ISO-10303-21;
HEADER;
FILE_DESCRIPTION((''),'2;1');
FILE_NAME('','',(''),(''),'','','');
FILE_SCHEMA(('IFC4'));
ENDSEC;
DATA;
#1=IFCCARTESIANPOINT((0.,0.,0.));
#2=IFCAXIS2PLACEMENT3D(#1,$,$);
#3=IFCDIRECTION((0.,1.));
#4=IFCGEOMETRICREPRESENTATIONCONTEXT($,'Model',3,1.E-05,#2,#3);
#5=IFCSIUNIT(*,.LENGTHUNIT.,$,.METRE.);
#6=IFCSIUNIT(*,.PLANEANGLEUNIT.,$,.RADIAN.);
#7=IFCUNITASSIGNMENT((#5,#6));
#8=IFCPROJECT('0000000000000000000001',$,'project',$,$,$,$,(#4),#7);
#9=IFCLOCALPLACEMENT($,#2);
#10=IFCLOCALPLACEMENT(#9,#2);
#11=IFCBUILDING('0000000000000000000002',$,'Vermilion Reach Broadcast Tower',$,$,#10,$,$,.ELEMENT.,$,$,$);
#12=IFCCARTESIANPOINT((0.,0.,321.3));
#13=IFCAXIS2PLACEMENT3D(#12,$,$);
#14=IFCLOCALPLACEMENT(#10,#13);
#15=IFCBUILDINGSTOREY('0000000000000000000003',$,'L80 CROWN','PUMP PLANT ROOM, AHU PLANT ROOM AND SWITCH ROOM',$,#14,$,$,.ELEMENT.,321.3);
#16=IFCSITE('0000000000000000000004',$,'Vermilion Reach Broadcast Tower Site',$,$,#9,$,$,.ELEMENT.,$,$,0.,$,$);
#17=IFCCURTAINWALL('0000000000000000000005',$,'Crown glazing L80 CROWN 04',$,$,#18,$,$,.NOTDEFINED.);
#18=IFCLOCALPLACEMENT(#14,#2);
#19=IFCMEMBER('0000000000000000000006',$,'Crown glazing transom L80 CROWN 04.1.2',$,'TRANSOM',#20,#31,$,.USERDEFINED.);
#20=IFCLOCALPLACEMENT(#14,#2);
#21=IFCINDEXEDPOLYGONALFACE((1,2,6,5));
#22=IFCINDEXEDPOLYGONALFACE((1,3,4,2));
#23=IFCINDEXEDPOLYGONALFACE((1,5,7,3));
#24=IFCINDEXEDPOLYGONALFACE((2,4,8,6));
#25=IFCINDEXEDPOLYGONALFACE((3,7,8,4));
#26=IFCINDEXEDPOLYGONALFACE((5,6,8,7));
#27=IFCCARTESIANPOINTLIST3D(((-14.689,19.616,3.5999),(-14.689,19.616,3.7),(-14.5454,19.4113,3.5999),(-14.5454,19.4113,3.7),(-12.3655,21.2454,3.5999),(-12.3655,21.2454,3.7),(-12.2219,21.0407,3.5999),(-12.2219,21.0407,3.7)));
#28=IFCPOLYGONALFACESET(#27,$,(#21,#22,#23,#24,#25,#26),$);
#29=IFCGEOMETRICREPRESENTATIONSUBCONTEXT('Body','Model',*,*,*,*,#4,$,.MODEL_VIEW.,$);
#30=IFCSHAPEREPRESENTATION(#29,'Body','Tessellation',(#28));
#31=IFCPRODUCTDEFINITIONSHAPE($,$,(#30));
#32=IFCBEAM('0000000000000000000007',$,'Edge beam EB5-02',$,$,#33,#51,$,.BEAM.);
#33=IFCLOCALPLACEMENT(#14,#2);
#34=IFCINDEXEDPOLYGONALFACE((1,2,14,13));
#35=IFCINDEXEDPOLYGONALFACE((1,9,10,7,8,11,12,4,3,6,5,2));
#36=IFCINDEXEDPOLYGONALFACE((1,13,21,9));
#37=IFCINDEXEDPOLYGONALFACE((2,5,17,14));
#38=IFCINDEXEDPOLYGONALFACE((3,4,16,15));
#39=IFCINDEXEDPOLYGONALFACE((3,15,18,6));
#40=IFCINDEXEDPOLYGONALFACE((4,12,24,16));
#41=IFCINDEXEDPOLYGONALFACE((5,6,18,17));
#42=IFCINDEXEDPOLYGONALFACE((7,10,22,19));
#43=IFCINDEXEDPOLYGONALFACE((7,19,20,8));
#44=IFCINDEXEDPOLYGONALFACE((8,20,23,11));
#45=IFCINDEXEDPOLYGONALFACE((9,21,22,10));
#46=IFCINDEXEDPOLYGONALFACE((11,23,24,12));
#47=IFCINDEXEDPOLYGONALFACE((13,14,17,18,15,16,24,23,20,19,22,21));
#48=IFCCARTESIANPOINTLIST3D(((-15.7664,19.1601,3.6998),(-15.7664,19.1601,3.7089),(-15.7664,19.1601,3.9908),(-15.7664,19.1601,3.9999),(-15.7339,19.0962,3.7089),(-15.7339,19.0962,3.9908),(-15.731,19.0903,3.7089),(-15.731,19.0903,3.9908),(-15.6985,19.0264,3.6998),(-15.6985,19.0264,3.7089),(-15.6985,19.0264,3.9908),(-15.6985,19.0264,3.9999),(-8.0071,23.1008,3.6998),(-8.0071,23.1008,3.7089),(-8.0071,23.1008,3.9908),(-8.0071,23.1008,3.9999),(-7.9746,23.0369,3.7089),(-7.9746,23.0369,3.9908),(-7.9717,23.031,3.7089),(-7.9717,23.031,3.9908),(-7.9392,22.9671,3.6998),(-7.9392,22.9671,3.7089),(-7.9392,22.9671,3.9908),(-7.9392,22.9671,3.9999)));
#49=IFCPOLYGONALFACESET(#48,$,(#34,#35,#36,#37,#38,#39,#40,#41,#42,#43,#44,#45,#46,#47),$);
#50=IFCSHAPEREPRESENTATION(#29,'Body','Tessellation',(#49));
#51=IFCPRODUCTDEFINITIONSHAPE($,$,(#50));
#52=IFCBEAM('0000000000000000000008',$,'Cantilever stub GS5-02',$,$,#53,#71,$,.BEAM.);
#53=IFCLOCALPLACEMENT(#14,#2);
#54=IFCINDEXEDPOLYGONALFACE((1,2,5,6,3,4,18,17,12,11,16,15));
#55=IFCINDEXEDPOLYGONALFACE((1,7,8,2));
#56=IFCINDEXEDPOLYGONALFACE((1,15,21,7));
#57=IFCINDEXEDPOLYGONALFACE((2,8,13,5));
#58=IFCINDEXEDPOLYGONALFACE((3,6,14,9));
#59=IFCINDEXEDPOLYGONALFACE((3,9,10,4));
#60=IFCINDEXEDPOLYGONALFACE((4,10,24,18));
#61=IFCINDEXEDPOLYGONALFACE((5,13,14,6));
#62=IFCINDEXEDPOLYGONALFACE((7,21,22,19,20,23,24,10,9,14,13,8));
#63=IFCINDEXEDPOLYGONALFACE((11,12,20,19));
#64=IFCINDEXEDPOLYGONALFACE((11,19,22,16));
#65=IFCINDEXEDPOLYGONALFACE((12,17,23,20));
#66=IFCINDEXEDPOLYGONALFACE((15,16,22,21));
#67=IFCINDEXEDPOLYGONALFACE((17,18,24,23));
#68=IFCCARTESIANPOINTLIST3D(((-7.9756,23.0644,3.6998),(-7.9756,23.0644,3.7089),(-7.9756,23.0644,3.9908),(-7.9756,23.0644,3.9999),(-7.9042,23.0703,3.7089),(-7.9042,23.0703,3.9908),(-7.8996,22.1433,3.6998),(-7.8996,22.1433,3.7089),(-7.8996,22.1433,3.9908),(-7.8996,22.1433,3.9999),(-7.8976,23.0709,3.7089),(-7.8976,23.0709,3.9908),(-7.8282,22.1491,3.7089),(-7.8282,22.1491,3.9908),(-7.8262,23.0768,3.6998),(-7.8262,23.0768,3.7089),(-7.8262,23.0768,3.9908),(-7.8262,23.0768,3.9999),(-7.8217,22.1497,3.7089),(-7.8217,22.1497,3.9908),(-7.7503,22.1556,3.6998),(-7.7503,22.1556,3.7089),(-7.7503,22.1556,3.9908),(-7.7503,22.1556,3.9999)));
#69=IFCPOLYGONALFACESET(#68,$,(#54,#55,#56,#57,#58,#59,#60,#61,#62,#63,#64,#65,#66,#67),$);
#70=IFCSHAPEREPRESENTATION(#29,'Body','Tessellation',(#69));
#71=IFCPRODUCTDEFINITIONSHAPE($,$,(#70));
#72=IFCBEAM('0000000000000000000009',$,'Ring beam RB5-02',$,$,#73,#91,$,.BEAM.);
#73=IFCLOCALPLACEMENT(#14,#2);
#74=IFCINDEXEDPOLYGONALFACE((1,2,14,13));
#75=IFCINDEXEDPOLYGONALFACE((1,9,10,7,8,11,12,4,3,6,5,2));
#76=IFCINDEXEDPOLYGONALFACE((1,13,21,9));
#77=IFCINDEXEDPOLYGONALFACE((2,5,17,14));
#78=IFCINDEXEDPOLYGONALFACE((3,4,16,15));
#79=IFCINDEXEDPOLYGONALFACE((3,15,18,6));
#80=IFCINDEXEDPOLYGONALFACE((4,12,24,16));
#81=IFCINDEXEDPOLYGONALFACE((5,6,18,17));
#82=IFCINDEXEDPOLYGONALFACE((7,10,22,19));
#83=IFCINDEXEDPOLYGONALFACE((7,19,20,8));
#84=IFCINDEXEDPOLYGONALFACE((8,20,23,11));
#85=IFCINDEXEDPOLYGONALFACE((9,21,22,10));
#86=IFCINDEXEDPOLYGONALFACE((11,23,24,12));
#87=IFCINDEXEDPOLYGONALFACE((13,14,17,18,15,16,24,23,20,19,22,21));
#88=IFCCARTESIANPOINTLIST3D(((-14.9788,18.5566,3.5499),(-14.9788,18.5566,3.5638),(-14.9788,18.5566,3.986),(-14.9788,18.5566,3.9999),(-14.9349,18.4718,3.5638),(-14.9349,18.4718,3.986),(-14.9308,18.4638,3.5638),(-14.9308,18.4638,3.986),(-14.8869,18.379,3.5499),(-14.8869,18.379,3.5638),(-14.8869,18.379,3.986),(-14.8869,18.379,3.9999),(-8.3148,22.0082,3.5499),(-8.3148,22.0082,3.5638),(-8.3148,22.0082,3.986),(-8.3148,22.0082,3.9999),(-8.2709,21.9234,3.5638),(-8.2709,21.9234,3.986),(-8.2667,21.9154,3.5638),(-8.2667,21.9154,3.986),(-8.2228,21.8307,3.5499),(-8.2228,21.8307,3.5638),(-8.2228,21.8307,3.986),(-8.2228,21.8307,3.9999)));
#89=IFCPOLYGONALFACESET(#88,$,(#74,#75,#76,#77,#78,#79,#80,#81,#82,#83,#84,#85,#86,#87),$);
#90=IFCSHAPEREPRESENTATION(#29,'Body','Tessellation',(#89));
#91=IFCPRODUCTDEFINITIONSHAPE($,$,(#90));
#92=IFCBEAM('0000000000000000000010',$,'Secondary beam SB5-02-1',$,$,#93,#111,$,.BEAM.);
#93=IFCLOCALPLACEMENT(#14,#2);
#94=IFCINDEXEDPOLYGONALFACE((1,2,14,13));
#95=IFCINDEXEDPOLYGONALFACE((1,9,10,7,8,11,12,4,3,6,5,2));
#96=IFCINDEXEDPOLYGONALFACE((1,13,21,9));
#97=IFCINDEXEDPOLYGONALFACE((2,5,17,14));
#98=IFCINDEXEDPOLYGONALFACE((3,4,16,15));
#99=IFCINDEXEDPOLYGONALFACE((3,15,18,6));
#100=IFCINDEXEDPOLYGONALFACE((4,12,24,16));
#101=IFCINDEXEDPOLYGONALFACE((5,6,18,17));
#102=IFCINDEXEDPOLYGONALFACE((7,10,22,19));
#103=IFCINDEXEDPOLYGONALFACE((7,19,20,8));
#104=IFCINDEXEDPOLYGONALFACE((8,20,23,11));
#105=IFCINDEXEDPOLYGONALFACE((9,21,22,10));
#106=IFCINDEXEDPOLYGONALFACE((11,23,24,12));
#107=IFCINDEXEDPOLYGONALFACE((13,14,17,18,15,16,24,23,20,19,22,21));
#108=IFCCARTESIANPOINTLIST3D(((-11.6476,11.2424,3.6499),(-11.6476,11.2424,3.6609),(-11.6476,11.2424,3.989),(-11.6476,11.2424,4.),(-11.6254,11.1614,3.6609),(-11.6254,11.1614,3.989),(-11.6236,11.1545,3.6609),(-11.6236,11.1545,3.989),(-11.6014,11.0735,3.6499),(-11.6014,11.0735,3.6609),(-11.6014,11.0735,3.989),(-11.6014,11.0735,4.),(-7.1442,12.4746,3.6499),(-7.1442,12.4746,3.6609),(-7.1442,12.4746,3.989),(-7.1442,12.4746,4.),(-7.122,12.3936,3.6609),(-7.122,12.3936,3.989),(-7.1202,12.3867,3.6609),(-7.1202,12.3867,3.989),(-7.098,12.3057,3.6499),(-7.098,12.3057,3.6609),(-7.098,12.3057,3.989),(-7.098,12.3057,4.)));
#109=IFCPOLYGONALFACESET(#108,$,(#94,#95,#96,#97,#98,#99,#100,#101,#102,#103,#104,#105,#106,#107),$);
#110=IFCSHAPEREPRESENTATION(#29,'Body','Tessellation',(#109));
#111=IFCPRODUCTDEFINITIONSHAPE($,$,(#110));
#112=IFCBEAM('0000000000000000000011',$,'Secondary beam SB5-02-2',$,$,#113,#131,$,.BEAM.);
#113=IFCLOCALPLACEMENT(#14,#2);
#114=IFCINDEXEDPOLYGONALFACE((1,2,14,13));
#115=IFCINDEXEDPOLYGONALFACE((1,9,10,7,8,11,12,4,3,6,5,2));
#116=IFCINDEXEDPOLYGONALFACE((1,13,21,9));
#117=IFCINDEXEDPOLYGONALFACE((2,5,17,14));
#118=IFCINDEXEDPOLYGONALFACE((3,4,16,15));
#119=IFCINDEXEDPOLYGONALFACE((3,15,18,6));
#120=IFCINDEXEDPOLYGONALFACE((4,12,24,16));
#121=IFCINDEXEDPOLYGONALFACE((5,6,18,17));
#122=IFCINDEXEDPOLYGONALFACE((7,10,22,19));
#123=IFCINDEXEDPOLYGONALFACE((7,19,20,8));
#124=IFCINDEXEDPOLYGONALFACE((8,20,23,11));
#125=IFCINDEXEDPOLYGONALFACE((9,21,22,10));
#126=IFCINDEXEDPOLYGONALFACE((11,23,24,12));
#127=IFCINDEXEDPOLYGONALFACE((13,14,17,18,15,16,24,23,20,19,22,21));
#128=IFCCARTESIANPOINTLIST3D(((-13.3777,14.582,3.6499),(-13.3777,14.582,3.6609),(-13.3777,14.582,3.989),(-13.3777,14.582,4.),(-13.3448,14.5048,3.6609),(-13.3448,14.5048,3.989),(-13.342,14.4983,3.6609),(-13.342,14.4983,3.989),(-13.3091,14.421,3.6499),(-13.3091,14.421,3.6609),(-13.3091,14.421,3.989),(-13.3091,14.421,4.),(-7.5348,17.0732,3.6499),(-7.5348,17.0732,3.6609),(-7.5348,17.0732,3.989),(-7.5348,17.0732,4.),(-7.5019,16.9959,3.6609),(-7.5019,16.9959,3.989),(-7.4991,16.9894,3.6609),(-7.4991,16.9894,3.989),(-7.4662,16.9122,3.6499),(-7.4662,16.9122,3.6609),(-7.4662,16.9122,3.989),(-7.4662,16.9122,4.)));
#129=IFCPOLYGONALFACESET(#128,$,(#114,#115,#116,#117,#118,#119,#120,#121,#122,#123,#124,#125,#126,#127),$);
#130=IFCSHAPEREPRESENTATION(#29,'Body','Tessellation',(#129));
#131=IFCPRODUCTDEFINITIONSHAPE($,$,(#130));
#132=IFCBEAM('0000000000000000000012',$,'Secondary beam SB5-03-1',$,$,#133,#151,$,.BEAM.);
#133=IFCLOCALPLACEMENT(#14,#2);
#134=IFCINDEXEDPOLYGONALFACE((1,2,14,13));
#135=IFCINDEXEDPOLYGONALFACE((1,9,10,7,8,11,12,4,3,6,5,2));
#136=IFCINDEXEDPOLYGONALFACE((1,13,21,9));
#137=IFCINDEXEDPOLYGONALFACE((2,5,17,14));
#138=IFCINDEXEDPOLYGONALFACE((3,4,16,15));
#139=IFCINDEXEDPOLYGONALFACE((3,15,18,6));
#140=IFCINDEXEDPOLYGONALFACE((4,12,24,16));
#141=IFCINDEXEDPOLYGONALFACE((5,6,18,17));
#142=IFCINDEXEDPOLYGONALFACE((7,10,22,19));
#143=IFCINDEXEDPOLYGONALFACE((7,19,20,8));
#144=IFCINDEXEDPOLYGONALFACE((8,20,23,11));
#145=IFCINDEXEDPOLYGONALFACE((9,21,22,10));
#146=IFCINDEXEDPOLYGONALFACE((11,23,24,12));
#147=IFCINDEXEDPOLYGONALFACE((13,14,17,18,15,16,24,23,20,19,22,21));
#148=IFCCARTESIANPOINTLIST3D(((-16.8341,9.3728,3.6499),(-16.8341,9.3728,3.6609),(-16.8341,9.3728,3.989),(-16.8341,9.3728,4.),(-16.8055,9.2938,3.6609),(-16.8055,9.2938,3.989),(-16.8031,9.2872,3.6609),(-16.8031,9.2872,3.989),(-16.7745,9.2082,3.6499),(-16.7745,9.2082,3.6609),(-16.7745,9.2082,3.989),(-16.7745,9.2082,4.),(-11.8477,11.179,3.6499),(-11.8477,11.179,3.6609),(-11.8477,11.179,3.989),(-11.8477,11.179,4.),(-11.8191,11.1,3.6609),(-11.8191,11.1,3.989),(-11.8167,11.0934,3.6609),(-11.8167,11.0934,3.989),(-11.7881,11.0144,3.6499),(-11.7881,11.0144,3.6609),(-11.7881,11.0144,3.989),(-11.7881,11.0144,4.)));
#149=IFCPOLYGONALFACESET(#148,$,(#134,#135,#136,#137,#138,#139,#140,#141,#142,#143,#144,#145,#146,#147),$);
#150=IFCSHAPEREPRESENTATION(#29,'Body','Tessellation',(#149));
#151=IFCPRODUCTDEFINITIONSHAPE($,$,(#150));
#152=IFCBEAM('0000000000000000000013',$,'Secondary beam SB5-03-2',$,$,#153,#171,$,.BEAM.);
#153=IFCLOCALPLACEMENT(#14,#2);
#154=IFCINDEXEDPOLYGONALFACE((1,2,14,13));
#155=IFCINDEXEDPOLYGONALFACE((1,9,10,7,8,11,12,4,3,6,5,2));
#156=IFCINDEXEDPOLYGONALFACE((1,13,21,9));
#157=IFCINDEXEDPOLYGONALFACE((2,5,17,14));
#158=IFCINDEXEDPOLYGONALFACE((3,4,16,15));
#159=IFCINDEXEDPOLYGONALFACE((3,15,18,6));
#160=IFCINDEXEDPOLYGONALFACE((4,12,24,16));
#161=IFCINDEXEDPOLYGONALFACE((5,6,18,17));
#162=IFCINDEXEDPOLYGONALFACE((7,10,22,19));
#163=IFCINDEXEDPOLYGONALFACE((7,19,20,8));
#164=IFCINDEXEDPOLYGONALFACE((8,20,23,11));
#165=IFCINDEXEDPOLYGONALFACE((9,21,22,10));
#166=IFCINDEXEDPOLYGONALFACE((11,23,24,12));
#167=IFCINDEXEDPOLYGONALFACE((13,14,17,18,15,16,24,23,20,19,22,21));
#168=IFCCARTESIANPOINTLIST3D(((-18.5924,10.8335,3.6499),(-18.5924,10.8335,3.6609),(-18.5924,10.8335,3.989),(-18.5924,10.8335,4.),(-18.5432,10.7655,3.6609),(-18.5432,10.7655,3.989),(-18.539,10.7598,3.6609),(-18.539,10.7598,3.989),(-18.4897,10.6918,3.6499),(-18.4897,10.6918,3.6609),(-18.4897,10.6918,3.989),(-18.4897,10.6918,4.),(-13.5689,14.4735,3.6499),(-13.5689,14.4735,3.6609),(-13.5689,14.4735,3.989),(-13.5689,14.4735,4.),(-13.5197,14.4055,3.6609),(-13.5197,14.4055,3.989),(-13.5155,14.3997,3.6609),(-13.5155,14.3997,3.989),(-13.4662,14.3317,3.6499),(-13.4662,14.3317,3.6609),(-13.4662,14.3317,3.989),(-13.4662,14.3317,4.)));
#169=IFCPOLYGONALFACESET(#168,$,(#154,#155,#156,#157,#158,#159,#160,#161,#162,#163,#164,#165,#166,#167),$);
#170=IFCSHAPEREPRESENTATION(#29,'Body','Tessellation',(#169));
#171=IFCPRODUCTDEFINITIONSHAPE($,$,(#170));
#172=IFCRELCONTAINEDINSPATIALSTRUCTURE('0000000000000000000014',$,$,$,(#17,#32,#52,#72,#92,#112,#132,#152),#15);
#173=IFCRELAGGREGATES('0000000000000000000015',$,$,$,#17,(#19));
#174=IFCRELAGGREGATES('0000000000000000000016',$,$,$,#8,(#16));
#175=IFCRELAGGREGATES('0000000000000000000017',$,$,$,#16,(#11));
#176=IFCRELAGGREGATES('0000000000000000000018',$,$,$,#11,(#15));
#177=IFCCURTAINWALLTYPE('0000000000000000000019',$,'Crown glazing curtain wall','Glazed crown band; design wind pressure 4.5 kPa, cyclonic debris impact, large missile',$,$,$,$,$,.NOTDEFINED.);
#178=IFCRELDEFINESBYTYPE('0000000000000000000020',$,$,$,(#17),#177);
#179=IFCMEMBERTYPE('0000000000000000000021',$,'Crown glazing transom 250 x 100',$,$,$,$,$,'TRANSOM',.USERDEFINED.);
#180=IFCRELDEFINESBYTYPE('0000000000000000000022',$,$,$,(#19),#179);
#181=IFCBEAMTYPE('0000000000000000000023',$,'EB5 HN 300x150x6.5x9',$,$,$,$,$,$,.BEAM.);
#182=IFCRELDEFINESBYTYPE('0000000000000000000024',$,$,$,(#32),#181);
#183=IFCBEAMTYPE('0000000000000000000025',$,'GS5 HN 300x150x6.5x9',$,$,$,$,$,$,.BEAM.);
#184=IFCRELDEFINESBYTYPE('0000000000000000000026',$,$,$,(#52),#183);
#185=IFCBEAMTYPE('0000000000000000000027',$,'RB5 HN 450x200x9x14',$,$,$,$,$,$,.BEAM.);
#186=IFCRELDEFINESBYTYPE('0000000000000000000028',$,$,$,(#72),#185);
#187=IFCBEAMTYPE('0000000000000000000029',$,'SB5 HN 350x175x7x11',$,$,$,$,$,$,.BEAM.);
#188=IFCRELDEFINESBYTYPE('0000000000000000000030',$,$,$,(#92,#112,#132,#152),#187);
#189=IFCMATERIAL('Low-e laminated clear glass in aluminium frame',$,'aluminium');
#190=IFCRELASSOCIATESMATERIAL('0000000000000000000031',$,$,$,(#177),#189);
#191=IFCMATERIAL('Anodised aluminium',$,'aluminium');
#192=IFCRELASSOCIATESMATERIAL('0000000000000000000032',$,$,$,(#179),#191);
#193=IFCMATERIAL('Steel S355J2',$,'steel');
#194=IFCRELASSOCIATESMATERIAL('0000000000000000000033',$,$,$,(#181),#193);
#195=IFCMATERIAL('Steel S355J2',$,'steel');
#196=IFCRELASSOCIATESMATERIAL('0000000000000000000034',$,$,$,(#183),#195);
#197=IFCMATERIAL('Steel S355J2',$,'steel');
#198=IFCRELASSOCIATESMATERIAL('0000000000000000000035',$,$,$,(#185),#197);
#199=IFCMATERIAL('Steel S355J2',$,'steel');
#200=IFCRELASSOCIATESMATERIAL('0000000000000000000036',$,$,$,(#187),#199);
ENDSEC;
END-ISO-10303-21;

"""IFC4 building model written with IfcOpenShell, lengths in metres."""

from ifc_helpers import new_model, si_unit, direction, frame, origin, origin_2d, place, context, subcontext, project, spatial, rectangle, i_section, extrude, material, material_profile, profile_set, type_object, element, aggregate, save


model = new_model("IFC4")

# Units and contexts
model_context = context("Model", 3, precision=1e-05, world=origin(), true_north=direction((0.0, 1.0)))
body_context = subcontext(model_context, "Body", "Model", "MODEL_VIEW")
ifc_project = project(units=[si_unit("LENGTHUNIT", "METRE"), si_unit("PLANEANGLEUNIT", "RADIAN")], contexts=[model_context])

# Site, building, storey
site_placement = place(None, origin())
site = spatial("IfcSite", under=ifc_project, at=site_placement, Name="Vermilion Reach Broadcast Tower Site", CompositionType="ELEMENT", RefElevation=0.0)
building_placement = place(site_placement, origin())
building = spatial("IfcBuilding", under=site, at=building_placement, Name="Vermilion Reach Broadcast Tower", CompositionType="ELEMENT")
storey_placement = place(building_placement, frame((0.0, 0.0, 321.3)))
storey = spatial("IfcBuildingStorey", under=building, at=storey_placement, Name="L80 CROWN", Description="PUMP PLANT ROOM, AHU PLANT ROOM AND SWITCH ROOM", CompositionType="ELEMENT", Elevation=321.3)

# Shared definitions
ifc_material_1 = material(Name="Low-e laminated clear glass in aluminium frame", Category="aluminium")
curtain_wall_type = type_object("IfcCurtainWallType", Name="Crown glazing curtain wall", Description="Glazed crown band; design wind pressure 4.5 kPa, cyclonic debris impact, large missile", PredefinedType="NOTDEFINED", material=ifc_material_1)
placement = place(storey_placement, origin())

# Curtain wall
curtain_wall_1 = element("IfcCurtainWall", 1, at=placement, inside=storey, type_object=curtain_wall_type, Name="Crown glazing L80 CROWN 04", PredefinedType="NOTDEFINED")

# Member
ifc_material_2 = material(Name="Anodised aluminium", Category="aluminium")
ifc_material_profile_1 = material_profile(ifc_material_2, rectangle(XDim=0.25, YDim=0.1001, at=origin_2d()), Name="Crown glazing transom 250 x 100")
ifc_profile_set_1 = profile_set([ifc_material_profile_1], Name="Anodised aluminium")
member_type_1 = type_object("IfcMemberType", Name="Crown glazing transom 250 x 100", ElementType="TRANSOM", PredefinedType="USERDEFINED", material=ifc_profile_set_1)
member_1_placement = place(storey_placement, frame((-12.2937, 21.1431, 3.6499), z_axis=(-0.818743, -0.574161, 0.0), x_axis=(0.574161, -0.818743, 0.0)))
member_1 = element("IfcMember", 2, at=member_1_placement, type_object=member_type_1, Name="Crown glazing transom L80 CROWN 04.1.2", ObjectType="TRANSOM", PredefinedType="USERDEFINED", context=body_context, shape_type="SweptSolid", body=[
    extrude(rectangle(XDim=0.25, YDim=0.1001, at=origin_2d()), origin(), (0.0, 0.0, 1.0), 2.8379),
])

# Beams
ifc_material_3 = material(Name="Steel S355J2", Category="steel")
ifc_material_profile_2 = material_profile(ifc_material_3, i_section(OverallWidth=0.1499, OverallDepth=0.3, WebThickness=0.0066, FlangeThickness=0.009, at=origin_2d()), Name="S355J2 HN 300x150x6.5x9")
ifc_profile_set_2 = profile_set([ifc_material_profile_2], Name="Steel S355J2")
beam_type_1 = type_object("IfcBeamType", Name="EB5 HN 300x150x6.5x9", PredefinedType="BEAM", material=ifc_profile_set_2)
beam_1_placement = place(storey_placement, frame((-7.9731, 23.0339, 3.8499), z_axis=(-0.891604, -0.452816, 0.0), x_axis=(0.452816, -0.891604, 0.0)))
element("IfcBeam", 3, at=beam_1_placement, inside=storey, type_object=beam_type_1, Name="Edge beam EB5-02", PredefinedType="BEAM", context=body_context, shape_type="SweptSolid", body=[
    extrude(i_section(OverallWidth=0.1499, OverallDepth=0.3, WebThickness=0.0066, FlangeThickness=0.009, at=origin_2d()), origin(), (0.0, 0.0, 1.0), 8.7026),
])
ifc_material_4 = material(Name="Steel S355J2", Category="steel")
ifc_material_profile_3 = material_profile(ifc_material_4, i_section(OverallWidth=0.1499, OverallDepth=0.3, WebThickness=0.0066, FlangeThickness=0.009, at=origin_2d()), Name="S355J2 HN 300x150x6.5x9")
ifc_profile_set_3 = profile_set([ifc_material_profile_3], Name="Steel S355J2")
beam_type_2 = type_object("IfcBeamType", Name="GS5 HN 300x150x6.5x9", PredefinedType="BEAM", material=ifc_profile_set_3)
beam_2_placement = place(storey_placement, frame((-7.825, 22.1494, 3.8499), z_axis=(-0.082149, 0.99662, 0.0), x_axis=(-0.99662, -0.082149, 0.0)))
element("IfcBeam", 4, at=beam_2_placement, inside=storey, type_object=beam_type_2, Name="Cantilever stub GS5-02", PredefinedType="BEAM", context=body_context, shape_type="SweptSolid", body=[
    extrude(i_section(OverallWidth=0.1499, OverallDepth=0.3, WebThickness=0.0066, FlangeThickness=0.009, at=origin_2d()), origin(), (0.0, 0.0, 1.0), 0.9243),
])
ifc_material_5 = material(Name="Steel S355J2", Category="steel")
ifc_material_profile_4 = material_profile(ifc_material_5, i_section(OverallWidth=0.2, OverallDepth=0.45, WebThickness=0.009, FlangeThickness=0.0139, at=origin_2d()), Name="S355J2 HN 450x200x9x14")
ifc_profile_set_4 = profile_set([ifc_material_profile_4], Name="Steel S355J2")
beam_type_3 = type_object("IfcBeamType", Name="RB5 HN 450x200x9x14", PredefinedType="BEAM", material=ifc_profile_set_4)
beam_3_placement = place(storey_placement, frame((-8.2688, 21.9194, 3.7749), z_axis=(-0.88796, -0.45992, 0.0), x_axis=(0.45992, -0.88796, 0.0)))
element("IfcBeam", 5, at=beam_3_placement, inside=storey, type_object=beam_type_3, Name="Ring beam RB5-02", PredefinedType="BEAM", context=body_context, shape_type="SweptSolid", body=[
    extrude(i_section(OverallWidth=0.2, OverallDepth=0.45, WebThickness=0.009, FlangeThickness=0.0139, at=origin_2d()), origin(), (0.0, 0.0, 1.0), 7.5049),
])
ifc_material_6 = material(Name="Steel S355J2", Category="steel")
ifc_material_profile_5 = material_profile(ifc_material_6, i_section(OverallWidth=0.175, OverallDepth=0.3501, WebThickness=0.0071, FlangeThickness=0.011, at=origin_2d()), Name="S355J2 HN 350x175x7x11")
ifc_profile_set_5 = profile_set([ifc_material_profile_5], Name="Steel S355J2")
beam_type_4 = type_object("IfcBeamType", Name="SB5 HN 350x175x7x11", PredefinedType="BEAM", material=ifc_profile_set_5)
beam_4_placement = place(storey_placement, frame((-7.1211, 12.3901, 3.825), z_axis=(-0.964547, -0.263909, 0.0), x_axis=(0.263909, -0.964547, 0.0)))
element("IfcBeam", 6, at=beam_4_placement, inside=storey, type_object=beam_type_4, Name="Secondary beam SB5-02-1", PredefinedType="BEAM", context=body_context, shape_type="SweptSolid", body=[
    extrude(i_section(OverallWidth=0.175, OverallDepth=0.3501, WebThickness=0.0071, FlangeThickness=0.011, at=origin_2d()), origin(), (0.0, 0.0, 1.0), 4.6689),
])
beam_5_placement = place(storey_placement, frame((-7.5005, 16.9927, 3.825), z_axis=(-0.919881, -0.392198, 0.0), x_axis=(0.392198, -0.919881, 0.0)))
element("IfcBeam", 7, at=beam_5_placement, inside=storey, type_object=beam_type_4, Name="Secondary beam SB5-02-2", PredefinedType="BEAM", context=body_context, shape_type="SweptSolid", body=[
    extrude(i_section(OverallWidth=0.175, OverallDepth=0.3501, WebThickness=0.0071, FlangeThickness=0.011, at=origin_2d()), origin(), (0.0, 0.0, 1.0), 6.3518),
])
beam_6_placement = place(storey_placement, frame((-11.8179, 11.0967, 3.825), z_axis=(-0.94022, -0.340567, 0.0), x_axis=(0.340567, -0.94022, 0.0)))
element("IfcBeam", 8, at=beam_6_placement, inside=storey, type_object=beam_type_4, Name="Secondary beam SB5-03-1", PredefinedType="BEAM", context=body_context, shape_type="SweptSolid", body=[
    extrude(i_section(OverallWidth=0.175, OverallDepth=0.3501, WebThickness=0.0071, FlangeThickness=0.011, at=origin_2d()), origin(), (0.0, 0.0, 1.0), 5.3035),
])
beam_7_placement = place(storey_placement, frame((-13.5176, 14.4026, 3.825), z_axis=(-0.809771, -0.586746, 0.0), x_axis=(0.586746, -0.809771, 0.0)))
element("IfcBeam", 9, at=beam_7_placement, inside=storey, type_object=beam_type_4, Name="Secondary beam SB5-03-2", PredefinedType="BEAM", context=body_context, shape_type="SweptSolid", body=[
    extrude(i_section(OverallWidth=0.175, OverallDepth=0.3501, WebThickness=0.0071, FlangeThickness=0.011, at=origin_2d()), origin(), (0.0, 0.0, 1.0), 6.2036),
])

aggregate(curtain_wall_1, [member_1])

save(model, "model.ifc")
